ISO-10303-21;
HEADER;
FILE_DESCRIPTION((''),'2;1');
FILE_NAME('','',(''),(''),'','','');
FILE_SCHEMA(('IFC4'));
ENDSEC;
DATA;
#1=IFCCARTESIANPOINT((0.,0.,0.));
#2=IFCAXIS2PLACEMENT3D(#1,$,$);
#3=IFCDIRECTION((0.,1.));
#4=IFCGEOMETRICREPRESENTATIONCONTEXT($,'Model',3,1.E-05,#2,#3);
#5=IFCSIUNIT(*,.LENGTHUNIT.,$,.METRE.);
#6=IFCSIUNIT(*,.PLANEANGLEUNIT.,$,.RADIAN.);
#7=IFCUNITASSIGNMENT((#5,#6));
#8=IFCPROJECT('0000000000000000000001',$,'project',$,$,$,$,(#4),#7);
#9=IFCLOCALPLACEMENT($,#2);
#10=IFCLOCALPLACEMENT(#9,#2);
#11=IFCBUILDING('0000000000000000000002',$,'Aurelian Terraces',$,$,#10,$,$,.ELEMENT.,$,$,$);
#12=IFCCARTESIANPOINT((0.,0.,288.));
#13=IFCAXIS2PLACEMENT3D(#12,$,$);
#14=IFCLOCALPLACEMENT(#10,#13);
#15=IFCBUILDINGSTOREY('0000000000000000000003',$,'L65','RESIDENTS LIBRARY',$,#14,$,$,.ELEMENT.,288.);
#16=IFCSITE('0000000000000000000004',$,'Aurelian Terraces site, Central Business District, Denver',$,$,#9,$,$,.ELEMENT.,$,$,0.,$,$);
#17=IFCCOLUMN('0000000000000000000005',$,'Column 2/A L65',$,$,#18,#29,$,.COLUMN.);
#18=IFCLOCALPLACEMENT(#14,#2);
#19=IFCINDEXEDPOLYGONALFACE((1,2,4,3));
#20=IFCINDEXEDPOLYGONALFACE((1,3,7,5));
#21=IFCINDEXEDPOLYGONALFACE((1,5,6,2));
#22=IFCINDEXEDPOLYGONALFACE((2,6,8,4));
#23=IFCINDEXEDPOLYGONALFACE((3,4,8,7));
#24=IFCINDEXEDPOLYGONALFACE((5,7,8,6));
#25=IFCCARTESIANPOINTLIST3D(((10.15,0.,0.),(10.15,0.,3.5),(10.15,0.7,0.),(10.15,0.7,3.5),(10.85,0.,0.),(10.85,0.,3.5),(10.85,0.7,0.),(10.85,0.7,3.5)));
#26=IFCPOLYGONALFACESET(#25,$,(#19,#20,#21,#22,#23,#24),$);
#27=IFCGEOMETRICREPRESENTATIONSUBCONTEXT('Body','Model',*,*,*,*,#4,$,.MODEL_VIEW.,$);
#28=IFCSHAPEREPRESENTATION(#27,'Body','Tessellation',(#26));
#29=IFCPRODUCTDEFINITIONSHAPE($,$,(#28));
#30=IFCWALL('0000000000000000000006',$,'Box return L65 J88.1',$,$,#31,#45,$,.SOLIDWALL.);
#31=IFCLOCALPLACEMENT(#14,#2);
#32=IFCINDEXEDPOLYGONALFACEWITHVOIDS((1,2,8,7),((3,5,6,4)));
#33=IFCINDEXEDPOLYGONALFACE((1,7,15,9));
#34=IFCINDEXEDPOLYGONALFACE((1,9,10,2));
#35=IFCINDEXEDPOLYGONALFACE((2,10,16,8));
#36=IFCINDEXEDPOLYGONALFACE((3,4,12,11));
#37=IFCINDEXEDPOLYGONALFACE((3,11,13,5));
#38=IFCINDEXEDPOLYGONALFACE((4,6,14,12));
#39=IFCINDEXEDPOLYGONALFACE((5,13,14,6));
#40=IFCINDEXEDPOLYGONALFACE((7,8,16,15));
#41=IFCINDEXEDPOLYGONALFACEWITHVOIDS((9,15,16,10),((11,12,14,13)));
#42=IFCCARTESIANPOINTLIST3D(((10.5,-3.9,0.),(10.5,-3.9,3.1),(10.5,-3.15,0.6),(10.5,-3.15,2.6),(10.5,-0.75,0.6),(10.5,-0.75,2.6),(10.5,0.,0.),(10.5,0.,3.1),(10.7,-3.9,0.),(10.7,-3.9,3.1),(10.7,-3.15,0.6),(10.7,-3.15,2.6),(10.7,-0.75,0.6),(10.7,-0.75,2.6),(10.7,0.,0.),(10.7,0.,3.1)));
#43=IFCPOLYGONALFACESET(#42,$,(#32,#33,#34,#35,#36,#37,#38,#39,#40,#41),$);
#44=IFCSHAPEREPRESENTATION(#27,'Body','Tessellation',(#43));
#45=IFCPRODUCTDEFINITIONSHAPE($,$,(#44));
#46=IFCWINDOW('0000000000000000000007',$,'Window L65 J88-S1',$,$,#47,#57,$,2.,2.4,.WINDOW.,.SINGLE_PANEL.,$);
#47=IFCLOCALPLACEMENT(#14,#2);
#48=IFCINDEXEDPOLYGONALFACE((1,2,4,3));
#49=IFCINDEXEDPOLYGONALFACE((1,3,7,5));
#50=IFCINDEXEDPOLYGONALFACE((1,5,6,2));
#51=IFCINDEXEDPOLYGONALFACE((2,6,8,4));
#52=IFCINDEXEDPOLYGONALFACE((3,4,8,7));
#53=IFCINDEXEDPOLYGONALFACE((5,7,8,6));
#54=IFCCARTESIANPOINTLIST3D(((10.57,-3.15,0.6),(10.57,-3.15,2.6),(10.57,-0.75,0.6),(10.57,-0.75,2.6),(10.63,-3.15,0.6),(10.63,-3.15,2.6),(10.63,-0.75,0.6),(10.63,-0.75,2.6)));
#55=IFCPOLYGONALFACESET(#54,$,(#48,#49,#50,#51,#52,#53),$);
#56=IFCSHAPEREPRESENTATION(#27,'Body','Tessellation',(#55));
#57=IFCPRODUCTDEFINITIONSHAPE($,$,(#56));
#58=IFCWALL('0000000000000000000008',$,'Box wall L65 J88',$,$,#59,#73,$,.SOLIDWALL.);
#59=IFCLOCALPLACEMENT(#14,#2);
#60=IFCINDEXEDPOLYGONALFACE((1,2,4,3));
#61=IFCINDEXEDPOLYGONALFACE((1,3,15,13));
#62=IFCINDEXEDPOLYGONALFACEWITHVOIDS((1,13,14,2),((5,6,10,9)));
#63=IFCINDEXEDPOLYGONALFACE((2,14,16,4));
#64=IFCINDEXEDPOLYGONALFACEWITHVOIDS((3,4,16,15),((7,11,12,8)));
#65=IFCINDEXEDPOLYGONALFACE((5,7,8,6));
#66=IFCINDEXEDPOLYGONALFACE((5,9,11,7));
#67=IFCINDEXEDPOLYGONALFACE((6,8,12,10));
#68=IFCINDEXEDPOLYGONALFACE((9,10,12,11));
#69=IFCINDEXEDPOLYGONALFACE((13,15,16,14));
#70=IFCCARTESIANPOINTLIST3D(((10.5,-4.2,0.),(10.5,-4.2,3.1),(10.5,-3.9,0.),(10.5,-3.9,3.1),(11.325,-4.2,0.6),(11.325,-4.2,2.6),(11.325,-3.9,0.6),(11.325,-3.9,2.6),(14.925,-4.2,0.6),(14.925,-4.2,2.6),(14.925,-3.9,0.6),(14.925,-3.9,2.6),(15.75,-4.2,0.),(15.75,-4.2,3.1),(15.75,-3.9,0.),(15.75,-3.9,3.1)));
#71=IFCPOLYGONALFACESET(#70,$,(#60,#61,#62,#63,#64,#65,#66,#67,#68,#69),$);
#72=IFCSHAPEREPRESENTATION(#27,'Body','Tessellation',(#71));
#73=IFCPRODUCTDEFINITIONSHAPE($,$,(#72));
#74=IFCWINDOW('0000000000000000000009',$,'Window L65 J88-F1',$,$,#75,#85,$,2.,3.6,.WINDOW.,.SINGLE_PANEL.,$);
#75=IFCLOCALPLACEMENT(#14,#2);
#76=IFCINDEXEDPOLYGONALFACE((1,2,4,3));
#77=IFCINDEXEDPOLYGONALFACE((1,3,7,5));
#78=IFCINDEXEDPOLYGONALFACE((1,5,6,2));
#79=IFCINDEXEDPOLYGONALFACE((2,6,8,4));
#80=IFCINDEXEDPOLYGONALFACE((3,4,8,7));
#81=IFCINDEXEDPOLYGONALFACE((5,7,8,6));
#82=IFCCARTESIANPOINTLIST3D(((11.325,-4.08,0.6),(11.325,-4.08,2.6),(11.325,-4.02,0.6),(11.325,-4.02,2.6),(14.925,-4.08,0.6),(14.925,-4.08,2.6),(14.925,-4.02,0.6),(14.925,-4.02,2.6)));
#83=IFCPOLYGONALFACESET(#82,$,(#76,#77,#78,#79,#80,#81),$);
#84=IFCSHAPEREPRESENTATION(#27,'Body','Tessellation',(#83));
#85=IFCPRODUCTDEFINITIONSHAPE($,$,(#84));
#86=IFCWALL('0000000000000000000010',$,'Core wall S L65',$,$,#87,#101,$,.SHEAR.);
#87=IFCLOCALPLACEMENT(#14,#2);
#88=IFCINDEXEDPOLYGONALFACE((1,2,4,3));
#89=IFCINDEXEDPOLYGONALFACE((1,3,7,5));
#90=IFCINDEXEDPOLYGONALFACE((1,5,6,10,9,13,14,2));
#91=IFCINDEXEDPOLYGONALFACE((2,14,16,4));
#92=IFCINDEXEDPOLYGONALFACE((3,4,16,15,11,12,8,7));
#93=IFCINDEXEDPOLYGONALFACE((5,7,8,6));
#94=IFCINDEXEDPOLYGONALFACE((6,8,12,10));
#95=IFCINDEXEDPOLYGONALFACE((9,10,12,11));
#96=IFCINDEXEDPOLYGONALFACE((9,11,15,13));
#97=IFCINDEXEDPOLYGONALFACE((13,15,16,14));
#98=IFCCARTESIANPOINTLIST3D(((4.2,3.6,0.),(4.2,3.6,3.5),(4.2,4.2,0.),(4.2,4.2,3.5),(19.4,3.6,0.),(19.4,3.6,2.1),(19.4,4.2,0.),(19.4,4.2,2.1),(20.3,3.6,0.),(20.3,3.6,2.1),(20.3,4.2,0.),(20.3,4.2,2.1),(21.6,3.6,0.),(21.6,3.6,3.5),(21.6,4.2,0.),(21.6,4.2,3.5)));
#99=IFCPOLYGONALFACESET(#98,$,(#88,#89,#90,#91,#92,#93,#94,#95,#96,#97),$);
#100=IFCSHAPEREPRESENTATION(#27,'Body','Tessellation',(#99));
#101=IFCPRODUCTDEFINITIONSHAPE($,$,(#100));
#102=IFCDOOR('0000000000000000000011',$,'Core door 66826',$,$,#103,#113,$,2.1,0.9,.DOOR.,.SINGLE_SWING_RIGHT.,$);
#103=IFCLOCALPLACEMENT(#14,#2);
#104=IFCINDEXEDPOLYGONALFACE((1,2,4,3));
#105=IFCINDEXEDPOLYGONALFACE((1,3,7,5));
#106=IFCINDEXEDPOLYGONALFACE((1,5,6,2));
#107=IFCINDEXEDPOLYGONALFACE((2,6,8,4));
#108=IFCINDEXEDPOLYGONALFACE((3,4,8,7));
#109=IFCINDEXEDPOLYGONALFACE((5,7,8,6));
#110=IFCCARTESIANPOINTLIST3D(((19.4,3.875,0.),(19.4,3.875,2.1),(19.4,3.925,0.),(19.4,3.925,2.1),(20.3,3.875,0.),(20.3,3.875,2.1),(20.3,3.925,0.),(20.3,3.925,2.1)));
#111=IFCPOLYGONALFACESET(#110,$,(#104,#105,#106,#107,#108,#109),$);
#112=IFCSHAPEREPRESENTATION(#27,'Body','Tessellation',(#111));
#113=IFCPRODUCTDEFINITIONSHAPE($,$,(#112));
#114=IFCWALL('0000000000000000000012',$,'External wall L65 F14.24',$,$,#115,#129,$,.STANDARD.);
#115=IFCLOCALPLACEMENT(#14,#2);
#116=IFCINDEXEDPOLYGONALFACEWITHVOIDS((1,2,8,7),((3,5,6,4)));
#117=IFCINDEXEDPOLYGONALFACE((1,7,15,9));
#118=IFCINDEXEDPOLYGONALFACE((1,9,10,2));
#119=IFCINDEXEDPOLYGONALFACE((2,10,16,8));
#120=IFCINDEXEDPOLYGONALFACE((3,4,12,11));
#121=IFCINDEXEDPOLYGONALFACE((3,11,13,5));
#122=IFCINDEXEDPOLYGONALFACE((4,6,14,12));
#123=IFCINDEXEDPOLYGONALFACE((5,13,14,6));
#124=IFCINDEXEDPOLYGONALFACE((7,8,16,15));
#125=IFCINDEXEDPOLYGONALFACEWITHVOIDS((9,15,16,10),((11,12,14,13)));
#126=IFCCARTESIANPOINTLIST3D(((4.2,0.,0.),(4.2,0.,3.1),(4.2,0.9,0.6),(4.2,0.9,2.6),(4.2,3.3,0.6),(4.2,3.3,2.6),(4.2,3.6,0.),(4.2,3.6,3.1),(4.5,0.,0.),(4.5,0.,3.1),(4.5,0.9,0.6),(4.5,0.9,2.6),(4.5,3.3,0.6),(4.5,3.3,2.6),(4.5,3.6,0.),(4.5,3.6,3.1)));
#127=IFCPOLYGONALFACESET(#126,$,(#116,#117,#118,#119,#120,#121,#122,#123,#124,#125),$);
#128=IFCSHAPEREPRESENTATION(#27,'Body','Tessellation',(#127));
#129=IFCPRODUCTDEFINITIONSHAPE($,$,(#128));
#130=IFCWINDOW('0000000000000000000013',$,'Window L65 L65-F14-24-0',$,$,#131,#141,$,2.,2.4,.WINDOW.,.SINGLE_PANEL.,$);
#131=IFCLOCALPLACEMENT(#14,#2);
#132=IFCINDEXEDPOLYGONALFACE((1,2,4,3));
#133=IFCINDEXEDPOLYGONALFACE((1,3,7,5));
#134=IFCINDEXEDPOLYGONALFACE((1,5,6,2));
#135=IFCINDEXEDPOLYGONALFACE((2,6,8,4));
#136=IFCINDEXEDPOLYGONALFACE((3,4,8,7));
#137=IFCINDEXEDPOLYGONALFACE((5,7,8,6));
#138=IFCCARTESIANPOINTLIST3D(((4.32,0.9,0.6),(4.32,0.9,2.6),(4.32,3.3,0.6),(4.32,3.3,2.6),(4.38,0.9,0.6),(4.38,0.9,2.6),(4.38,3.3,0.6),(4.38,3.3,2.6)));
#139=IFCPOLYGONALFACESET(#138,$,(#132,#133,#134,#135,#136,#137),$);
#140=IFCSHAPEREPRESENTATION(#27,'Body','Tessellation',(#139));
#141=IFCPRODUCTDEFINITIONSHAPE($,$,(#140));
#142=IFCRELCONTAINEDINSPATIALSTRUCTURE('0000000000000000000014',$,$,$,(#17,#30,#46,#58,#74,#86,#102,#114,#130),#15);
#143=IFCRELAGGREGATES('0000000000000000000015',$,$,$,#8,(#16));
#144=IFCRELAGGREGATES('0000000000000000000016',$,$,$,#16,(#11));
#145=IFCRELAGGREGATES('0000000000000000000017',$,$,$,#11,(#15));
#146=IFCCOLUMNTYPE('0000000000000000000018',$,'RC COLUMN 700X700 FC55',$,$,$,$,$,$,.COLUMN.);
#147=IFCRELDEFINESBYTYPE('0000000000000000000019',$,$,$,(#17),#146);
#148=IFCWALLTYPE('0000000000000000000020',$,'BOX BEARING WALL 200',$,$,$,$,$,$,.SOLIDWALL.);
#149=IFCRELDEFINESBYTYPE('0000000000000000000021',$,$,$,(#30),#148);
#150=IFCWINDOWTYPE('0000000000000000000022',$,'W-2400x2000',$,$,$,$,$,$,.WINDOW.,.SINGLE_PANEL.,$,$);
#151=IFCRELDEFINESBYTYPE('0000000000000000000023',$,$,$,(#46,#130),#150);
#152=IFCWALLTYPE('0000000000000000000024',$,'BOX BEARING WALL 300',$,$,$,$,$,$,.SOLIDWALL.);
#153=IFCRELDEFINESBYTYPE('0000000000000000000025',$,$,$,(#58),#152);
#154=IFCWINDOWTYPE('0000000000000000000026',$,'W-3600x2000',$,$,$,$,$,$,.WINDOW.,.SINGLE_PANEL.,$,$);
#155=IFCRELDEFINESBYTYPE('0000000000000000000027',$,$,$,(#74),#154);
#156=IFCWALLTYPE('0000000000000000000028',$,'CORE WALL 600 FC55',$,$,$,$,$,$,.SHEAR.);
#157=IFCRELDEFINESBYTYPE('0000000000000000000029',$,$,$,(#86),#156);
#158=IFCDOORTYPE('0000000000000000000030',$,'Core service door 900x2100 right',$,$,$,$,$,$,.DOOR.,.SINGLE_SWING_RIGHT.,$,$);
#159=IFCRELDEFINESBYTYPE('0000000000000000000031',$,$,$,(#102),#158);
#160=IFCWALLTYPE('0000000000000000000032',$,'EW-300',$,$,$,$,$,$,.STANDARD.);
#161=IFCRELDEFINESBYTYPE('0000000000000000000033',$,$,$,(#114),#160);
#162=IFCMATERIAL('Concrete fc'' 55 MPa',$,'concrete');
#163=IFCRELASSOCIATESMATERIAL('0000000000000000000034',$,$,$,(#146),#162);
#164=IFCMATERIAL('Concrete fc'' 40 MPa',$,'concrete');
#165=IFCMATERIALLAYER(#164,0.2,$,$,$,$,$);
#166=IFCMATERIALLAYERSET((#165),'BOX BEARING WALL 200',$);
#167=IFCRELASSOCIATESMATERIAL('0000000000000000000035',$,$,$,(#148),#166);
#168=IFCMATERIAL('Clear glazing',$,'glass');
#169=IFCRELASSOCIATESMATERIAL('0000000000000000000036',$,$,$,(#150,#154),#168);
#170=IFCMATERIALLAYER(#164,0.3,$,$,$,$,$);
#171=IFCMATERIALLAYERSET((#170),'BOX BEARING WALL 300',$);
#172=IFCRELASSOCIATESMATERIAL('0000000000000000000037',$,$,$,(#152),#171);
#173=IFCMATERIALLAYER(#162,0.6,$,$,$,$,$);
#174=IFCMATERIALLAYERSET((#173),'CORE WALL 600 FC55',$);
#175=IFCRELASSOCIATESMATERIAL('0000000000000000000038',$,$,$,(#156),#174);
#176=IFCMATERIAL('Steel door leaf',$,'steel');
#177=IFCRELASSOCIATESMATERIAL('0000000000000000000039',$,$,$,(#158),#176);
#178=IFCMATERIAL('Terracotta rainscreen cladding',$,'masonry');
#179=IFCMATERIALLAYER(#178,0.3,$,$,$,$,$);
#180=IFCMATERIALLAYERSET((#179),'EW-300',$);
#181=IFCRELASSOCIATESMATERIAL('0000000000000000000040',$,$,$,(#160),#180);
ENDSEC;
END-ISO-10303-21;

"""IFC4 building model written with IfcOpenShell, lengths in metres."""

from ifc_helpers import new_model, si_unit, direction, frame, frame_2d, origin, origin_2d, place, context, subcontext, project, spatial, rectangle, extrude, source, transform, mapped, material, layer, layer_set, material_profile, profile_set, type_object, element, fill, save


model = new_model("IFC4")

# Units and contexts
model_context = context("Model", 3, precision=1e-05, world=origin(), true_north=direction((0.0, 1.0)))
body_context = subcontext(model_context, "Body", "Model", "MODEL_VIEW")
ifc_project = project(units=[si_unit("LENGTHUNIT", "METRE"), si_unit("PLANEANGLEUNIT", "RADIAN")], contexts=[model_context])

# Site, building, storey
site_placement = place(None, origin())
site = spatial("IfcSite", under=ifc_project, at=site_placement, Name="Aurelian Terraces site, Central Business District, Denver", CompositionType="ELEMENT", RefElevation=0.0)
building_placement = place(site_placement, origin())
building = spatial("IfcBuilding", under=site, at=building_placement, Name="Aurelian Terraces", CompositionType="ELEMENT")
storey_placement = place(building_placement, frame((0.0, 0.0, 288.0)))
storey = spatial("IfcBuildingStorey", under=building, at=storey_placement, Name="L65", Description="RESIDENTS LIBRARY", CompositionType="ELEMENT", Elevation=288.0)

# Column
ifc_material_1 = material(Name="Concrete fc' 55 MPa", Category="concrete")
ifc_material_profile = material_profile(ifc_material_1, rectangle(XDim=0.7, YDim=0.7, at=origin_2d()))
ifc_profile_set = profile_set([ifc_material_profile], Name="Concrete fc' 55 MPa")
column_type = type_object("IfcColumnType", Name="RC COLUMN 700X700 FC55", PredefinedType="COLUMN", material=ifc_profile_set)
shared_shape_1 = source(origin(), body_context, "Body", "SweptSolid", [
    extrude(rectangle(XDim=0.7, YDim=0.7, at=origin_2d()), origin(), (0.0, 0.0, 1.0), 3.5),
])
column_placement = place(storey_placement, frame((10.5, 0.35, 0.0), z_axis=(0.0, 0.0, 1.0), x_axis=(1.0, 0.0, 0.0)))
element("IfcColumn", 1, at=column_placement, inside=storey, type_object=column_type, Name="Column 2/A L65", PredefinedType="COLUMN", context=body_context, shape_type="MappedRepresentation", body=[
    mapped(shared_shape_1, transform((0.0, 0.0, 0.0), scale=1.0)),
])

# Walls, openings, windows
ifc_material_2 = material(Name="Concrete fc' 40 MPa", Category="concrete")
ifc_layer_1 = layer(ifc_material_2, 0.2)
ifc_layer_set_1 = layer_set([ifc_layer_1], Name="BOX BEARING WALL 200")
wall_type_1 = type_object("IfcWallType", Name="BOX BEARING WALL 200", PredefinedType="SOLIDWALL", material=ifc_layer_set_1)
wall_1_placement = place(storey_placement, frame((10.6, 0.0, 0.0), z_axis=(0.0, 0.0, 1.0), x_axis=(0.0, -1.0, 0.0)))
wall_1 = element("IfcWall", 2, at=wall_1_placement, inside=storey, type_object=wall_type_1, Name="Box return L65 J88.1", PredefinedType="SOLIDWALL", context=body_context, shape_type="SweptSolid", body=[
    extrude(rectangle(XDim=3.9, YDim=0.2, at=frame_2d((1.95, 0.0))), origin(), (0.0, 0.0, 1.0), 3.1),
])
shared_shape_2 = source(origin(), body_context, "Body", "SweptSolid", [
    extrude(rectangle(XDim=2.4, YDim=2.0, at=frame_2d((1.2, 1.0))), frame((0.0, 0.11, 0.0), z_axis=(0.0, -1.0, 0.0), x_axis=(1.0, 0.0, 0.0)), (0.0, 0.0, 1.0), 0.22),
])
opening_1_placement = place(wall_1_placement, frame((0.75, 0.0, 0.6)))
opening_1 = element("IfcOpeningElement", 3, at=opening_1_placement, cuts=wall_1, PredefinedType="OPENING", context=body_context, shape_type="MappedRepresentation", body=[
    mapped(shared_shape_2, transform((0.0, 0.0, 0.0), scale=1.0)),
])
ifc_material_3 = material(Name="Clear glazing", Category="glass")
window_type_1 = type_object("IfcWindowType", Name="W-2400x2000", PartitioningType="SINGLE_PANEL", PredefinedType="WINDOW", material=ifc_material_3)
shared_shape_3 = source(origin(), body_context, "Body", "SweptSolid", [
    extrude(rectangle(XDim=2.4, YDim=2.0, at=frame_2d((1.2, 1.0))), frame((0.0, 0.03, 0.0), z_axis=(0.0, -1.0, 0.0), x_axis=(1.0, 0.0, 0.0)), (0.0, 0.0, 1.0), 0.06),
])
window_1_placement = place(opening_1_placement, origin())
window_1 = element("IfcWindow", 4, at=window_1_placement, inside=storey, type_object=window_type_1, Name="Window L65 J88-S1", OverallHeight=2.0, OverallWidth=2.4, PartitioningType="SINGLE_PANEL", PredefinedType="WINDOW", context=body_context, shape_type="MappedRepresentation", body=[
    mapped(shared_shape_3, transform((0.0, 0.0, 0.0), scale=1.0)),
])
fill(opening_1, window_1)
ifc_layer_2 = layer(ifc_material_2, 0.3)
ifc_layer_set_2 = layer_set([ifc_layer_2], Name="BOX BEARING WALL 300")
wall_type_2 = type_object("IfcWallType", Name="BOX BEARING WALL 300", PredefinedType="SOLIDWALL", material=ifc_layer_set_2)
wall_2_placement = place(storey_placement, frame((10.5, -4.05, 0.0), z_axis=(0.0, 0.0, 1.0), x_axis=(1.0, 0.0, 0.0)))
wall_2 = element("IfcWall", 5, at=wall_2_placement, inside=storey, type_object=wall_type_2, Name="Box wall L65 J88", PredefinedType="SOLIDWALL", context=body_context, shape_type="SweptSolid", body=[
    extrude(rectangle(XDim=5.25, YDim=0.3, at=frame_2d((2.625, 0.0))), origin(), (0.0, 0.0, 1.0), 3.1),
])
shared_shape_4 = source(origin(), body_context, "Body", "SweptSolid", [
    extrude(rectangle(XDim=3.6, YDim=2.0, at=frame_2d((1.8, 1.0))), frame((0.0, 0.16, 0.0), z_axis=(0.0, -1.0, 0.0), x_axis=(1.0, 0.0, 0.0)), (0.0, 0.0, 1.0), 0.32),
])
opening_2_placement = place(wall_2_placement, frame((0.825, 0.0, 0.6)))
opening_2 = element("IfcOpeningElement", 6, at=opening_2_placement, cuts=wall_2, PredefinedType="OPENING", context=body_context, shape_type="MappedRepresentation", body=[
    mapped(shared_shape_4, transform((0.0, 0.0, 0.0), scale=1.0)),
])
window_type_2 = type_object("IfcWindowType", Name="W-3600x2000", PartitioningType="SINGLE_PANEL", PredefinedType="WINDOW", material=ifc_material_3)
shared_shape_5 = source(origin(), body_context, "Body", "SweptSolid", [
    extrude(rectangle(XDim=3.6, YDim=2.0, at=frame_2d((1.8, 1.0))), frame((0.0, 0.03, 0.0), z_axis=(0.0, -1.0, 0.0), x_axis=(1.0, 0.0, 0.0)), (0.0, 0.0, 1.0), 0.06),
])
window_2_placement = place(opening_2_placement, origin())
window_2 = element("IfcWindow", 7, at=window_2_placement, inside=storey, type_object=window_type_2, Name="Window L65 J88-F1", OverallHeight=2.0, OverallWidth=3.6, PartitioningType="SINGLE_PANEL", PredefinedType="WINDOW", context=body_context, shape_type="MappedRepresentation", body=[
    mapped(shared_shape_5, transform((0.0, 0.0, 0.0), scale=1.0)),
])
fill(opening_2, window_2)

# Wall, opening, door
ifc_layer_3 = layer(ifc_material_1, 0.6)
ifc_layer_set_3 = layer_set([ifc_layer_3], Name="CORE WALL 600 FC55")
wall_type_3 = type_object("IfcWallType", Name="CORE WALL 600 FC55", PredefinedType="SHEAR", material=ifc_layer_set_3)
shared_shape_6 = source(origin(), body_context, "Body", "SweptSolid", [
    extrude(rectangle(XDim=17.4, YDim=0.6, at=frame_2d((8.7, 0.0))), origin(), (0.0, 0.0, 1.0), 3.5),
])
wall_3_placement = place(storey_placement, frame((4.2, 3.9, 0.0), z_axis=(0.0, 0.0, 1.0), x_axis=(1.0, 0.0, 0.0)))
wall_3 = element("IfcWall", 8, at=wall_3_placement, inside=storey, type_object=wall_type_3, Name="Core wall S L65", PredefinedType="SHEAR", context=body_context, shape_type="MappedRepresentation", body=[
    mapped(shared_shape_6, transform((0.0, 0.0, 0.0), scale=1.0)),
])
shared_shape_7 = source(origin(), body_context, "Body", "SweptSolid", [
    extrude(rectangle(XDim=0.9, YDim=2.1, at=frame_2d((0.45, 1.05))), frame((0.0, 0.31, 0.0), z_axis=(0.0, -1.0, 0.0), x_axis=(1.0, 0.0, 0.0)), (0.0, 0.0, 1.0), 0.62),
])
opening_3_placement = place(wall_3_placement, frame((15.2, 0.0, 0.0)))
opening_3 = element("IfcOpeningElement", 9, at=opening_3_placement, cuts=wall_3, PredefinedType="OPENING", context=body_context, shape_type="MappedRepresentation", body=[
    mapped(shared_shape_7, transform((0.0, 0.0, 0.0), scale=1.0)),
])
ifc_material_4 = material(Name="Steel door leaf", Category="steel")
door_type_1 = type_object("IfcDoorType", Name="Core service door 900x2100 right", OperationType="SINGLE_SWING_RIGHT", PredefinedType="DOOR", material=ifc_material_4)
shared_shape_8 = source(origin(), body_context, "Body", "SweptSolid", [
    extrude(rectangle(XDim=0.9, YDim=2.1, at=frame_2d((0.45, 1.05))), frame((0.0, 0.025, 0.0), z_axis=(0.0, -1.0, 0.0), x_axis=(1.0, 0.0, 0.0)), (0.0, 0.0, 1.0), 0.05),
])
door_1_placement = place(opening_3_placement, origin())
door_1 = element("IfcDoor", 10, at=door_1_placement, inside=storey, type_object=door_type_1, Name="Core door 66826", OperationType="SINGLE_SWING_RIGHT", OverallHeight=2.1, OverallWidth=0.9, PredefinedType="DOOR", context=body_context, shape_type="MappedRepresentation", body=[
    mapped(shared_shape_8, transform((0.0, 0.0, 0.0), scale=1.0)),
])
fill(opening_3, door_1)

# Wall, opening, window
ifc_material_5 = material(Name="Terracotta rainscreen cladding", Category="masonry")
ifc_layer_4 = layer(ifc_material_5, 0.3)
ifc_layer_set_4 = layer_set([ifc_layer_4], Name="EW-300")
wall_type_4 = type_object("IfcWallType", Name="EW-300", PredefinedType="STANDARD", material=ifc_layer_set_4)
shared_shape_9 = source(origin(), body_context, "Body", "SweptSolid", [
    extrude(rectangle(XDim=3.6, YDim=0.3, at=frame_2d((1.8, 0.0))), origin(), (0.0, 0.0, 1.0), 3.1),
])
wall_4_placement = place(storey_placement, frame((4.35, 3.6, 0.0), z_axis=(0.0, 0.0, 1.0), x_axis=(0.0, -1.0, 0.0)))
wall_4 = element("IfcWall", 11, at=wall_4_placement, inside=storey, type_object=wall_type_4, Name="External wall L65 F14.24", PredefinedType="STANDARD", context=body_context, shape_type="MappedRepresentation", body=[
    mapped(shared_shape_9, transform((0.0, 0.0, 0.0), scale=1.0)),
])
shared_shape_10 = source(origin(), body_context, "Body", "SweptSolid", [
    extrude(rectangle(XDim=2.4, YDim=2.0, at=frame_2d((1.2, 1.0))), frame((0.0, 0.16, 0.0), z_axis=(0.0, -1.0, 0.0), x_axis=(1.0, 0.0, 0.0)), (0.0, 0.0, 1.0), 0.32),
])
opening_4_placement = place(wall_4_placement, frame((0.3, 0.0, 0.6)))
opening_4 = element("IfcOpeningElement", 12, at=opening_4_placement, cuts=wall_4, PredefinedType="OPENING", context=body_context, shape_type="MappedRepresentation", body=[
    mapped(shared_shape_10, transform((0.0, 0.0, 0.0), scale=1.0)),
])
window_3_placement = place(opening_4_placement, origin())
window_3 = element("IfcWindow", 13, at=window_3_placement, inside=storey, type_object=window_type_1, Name="Window L65 L65-F14-24-0", OverallHeight=2.0, OverallWidth=2.4, PartitioningType="SINGLE_PANEL", PredefinedType="WINDOW", context=body_context, shape_type="MappedRepresentation", body=[
    mapped(shared_shape_3, transform((0.0, 0.0, 0.0), scale=1.0)),
])
fill(opening_4, window_3)

save(model, "model.ifc")
